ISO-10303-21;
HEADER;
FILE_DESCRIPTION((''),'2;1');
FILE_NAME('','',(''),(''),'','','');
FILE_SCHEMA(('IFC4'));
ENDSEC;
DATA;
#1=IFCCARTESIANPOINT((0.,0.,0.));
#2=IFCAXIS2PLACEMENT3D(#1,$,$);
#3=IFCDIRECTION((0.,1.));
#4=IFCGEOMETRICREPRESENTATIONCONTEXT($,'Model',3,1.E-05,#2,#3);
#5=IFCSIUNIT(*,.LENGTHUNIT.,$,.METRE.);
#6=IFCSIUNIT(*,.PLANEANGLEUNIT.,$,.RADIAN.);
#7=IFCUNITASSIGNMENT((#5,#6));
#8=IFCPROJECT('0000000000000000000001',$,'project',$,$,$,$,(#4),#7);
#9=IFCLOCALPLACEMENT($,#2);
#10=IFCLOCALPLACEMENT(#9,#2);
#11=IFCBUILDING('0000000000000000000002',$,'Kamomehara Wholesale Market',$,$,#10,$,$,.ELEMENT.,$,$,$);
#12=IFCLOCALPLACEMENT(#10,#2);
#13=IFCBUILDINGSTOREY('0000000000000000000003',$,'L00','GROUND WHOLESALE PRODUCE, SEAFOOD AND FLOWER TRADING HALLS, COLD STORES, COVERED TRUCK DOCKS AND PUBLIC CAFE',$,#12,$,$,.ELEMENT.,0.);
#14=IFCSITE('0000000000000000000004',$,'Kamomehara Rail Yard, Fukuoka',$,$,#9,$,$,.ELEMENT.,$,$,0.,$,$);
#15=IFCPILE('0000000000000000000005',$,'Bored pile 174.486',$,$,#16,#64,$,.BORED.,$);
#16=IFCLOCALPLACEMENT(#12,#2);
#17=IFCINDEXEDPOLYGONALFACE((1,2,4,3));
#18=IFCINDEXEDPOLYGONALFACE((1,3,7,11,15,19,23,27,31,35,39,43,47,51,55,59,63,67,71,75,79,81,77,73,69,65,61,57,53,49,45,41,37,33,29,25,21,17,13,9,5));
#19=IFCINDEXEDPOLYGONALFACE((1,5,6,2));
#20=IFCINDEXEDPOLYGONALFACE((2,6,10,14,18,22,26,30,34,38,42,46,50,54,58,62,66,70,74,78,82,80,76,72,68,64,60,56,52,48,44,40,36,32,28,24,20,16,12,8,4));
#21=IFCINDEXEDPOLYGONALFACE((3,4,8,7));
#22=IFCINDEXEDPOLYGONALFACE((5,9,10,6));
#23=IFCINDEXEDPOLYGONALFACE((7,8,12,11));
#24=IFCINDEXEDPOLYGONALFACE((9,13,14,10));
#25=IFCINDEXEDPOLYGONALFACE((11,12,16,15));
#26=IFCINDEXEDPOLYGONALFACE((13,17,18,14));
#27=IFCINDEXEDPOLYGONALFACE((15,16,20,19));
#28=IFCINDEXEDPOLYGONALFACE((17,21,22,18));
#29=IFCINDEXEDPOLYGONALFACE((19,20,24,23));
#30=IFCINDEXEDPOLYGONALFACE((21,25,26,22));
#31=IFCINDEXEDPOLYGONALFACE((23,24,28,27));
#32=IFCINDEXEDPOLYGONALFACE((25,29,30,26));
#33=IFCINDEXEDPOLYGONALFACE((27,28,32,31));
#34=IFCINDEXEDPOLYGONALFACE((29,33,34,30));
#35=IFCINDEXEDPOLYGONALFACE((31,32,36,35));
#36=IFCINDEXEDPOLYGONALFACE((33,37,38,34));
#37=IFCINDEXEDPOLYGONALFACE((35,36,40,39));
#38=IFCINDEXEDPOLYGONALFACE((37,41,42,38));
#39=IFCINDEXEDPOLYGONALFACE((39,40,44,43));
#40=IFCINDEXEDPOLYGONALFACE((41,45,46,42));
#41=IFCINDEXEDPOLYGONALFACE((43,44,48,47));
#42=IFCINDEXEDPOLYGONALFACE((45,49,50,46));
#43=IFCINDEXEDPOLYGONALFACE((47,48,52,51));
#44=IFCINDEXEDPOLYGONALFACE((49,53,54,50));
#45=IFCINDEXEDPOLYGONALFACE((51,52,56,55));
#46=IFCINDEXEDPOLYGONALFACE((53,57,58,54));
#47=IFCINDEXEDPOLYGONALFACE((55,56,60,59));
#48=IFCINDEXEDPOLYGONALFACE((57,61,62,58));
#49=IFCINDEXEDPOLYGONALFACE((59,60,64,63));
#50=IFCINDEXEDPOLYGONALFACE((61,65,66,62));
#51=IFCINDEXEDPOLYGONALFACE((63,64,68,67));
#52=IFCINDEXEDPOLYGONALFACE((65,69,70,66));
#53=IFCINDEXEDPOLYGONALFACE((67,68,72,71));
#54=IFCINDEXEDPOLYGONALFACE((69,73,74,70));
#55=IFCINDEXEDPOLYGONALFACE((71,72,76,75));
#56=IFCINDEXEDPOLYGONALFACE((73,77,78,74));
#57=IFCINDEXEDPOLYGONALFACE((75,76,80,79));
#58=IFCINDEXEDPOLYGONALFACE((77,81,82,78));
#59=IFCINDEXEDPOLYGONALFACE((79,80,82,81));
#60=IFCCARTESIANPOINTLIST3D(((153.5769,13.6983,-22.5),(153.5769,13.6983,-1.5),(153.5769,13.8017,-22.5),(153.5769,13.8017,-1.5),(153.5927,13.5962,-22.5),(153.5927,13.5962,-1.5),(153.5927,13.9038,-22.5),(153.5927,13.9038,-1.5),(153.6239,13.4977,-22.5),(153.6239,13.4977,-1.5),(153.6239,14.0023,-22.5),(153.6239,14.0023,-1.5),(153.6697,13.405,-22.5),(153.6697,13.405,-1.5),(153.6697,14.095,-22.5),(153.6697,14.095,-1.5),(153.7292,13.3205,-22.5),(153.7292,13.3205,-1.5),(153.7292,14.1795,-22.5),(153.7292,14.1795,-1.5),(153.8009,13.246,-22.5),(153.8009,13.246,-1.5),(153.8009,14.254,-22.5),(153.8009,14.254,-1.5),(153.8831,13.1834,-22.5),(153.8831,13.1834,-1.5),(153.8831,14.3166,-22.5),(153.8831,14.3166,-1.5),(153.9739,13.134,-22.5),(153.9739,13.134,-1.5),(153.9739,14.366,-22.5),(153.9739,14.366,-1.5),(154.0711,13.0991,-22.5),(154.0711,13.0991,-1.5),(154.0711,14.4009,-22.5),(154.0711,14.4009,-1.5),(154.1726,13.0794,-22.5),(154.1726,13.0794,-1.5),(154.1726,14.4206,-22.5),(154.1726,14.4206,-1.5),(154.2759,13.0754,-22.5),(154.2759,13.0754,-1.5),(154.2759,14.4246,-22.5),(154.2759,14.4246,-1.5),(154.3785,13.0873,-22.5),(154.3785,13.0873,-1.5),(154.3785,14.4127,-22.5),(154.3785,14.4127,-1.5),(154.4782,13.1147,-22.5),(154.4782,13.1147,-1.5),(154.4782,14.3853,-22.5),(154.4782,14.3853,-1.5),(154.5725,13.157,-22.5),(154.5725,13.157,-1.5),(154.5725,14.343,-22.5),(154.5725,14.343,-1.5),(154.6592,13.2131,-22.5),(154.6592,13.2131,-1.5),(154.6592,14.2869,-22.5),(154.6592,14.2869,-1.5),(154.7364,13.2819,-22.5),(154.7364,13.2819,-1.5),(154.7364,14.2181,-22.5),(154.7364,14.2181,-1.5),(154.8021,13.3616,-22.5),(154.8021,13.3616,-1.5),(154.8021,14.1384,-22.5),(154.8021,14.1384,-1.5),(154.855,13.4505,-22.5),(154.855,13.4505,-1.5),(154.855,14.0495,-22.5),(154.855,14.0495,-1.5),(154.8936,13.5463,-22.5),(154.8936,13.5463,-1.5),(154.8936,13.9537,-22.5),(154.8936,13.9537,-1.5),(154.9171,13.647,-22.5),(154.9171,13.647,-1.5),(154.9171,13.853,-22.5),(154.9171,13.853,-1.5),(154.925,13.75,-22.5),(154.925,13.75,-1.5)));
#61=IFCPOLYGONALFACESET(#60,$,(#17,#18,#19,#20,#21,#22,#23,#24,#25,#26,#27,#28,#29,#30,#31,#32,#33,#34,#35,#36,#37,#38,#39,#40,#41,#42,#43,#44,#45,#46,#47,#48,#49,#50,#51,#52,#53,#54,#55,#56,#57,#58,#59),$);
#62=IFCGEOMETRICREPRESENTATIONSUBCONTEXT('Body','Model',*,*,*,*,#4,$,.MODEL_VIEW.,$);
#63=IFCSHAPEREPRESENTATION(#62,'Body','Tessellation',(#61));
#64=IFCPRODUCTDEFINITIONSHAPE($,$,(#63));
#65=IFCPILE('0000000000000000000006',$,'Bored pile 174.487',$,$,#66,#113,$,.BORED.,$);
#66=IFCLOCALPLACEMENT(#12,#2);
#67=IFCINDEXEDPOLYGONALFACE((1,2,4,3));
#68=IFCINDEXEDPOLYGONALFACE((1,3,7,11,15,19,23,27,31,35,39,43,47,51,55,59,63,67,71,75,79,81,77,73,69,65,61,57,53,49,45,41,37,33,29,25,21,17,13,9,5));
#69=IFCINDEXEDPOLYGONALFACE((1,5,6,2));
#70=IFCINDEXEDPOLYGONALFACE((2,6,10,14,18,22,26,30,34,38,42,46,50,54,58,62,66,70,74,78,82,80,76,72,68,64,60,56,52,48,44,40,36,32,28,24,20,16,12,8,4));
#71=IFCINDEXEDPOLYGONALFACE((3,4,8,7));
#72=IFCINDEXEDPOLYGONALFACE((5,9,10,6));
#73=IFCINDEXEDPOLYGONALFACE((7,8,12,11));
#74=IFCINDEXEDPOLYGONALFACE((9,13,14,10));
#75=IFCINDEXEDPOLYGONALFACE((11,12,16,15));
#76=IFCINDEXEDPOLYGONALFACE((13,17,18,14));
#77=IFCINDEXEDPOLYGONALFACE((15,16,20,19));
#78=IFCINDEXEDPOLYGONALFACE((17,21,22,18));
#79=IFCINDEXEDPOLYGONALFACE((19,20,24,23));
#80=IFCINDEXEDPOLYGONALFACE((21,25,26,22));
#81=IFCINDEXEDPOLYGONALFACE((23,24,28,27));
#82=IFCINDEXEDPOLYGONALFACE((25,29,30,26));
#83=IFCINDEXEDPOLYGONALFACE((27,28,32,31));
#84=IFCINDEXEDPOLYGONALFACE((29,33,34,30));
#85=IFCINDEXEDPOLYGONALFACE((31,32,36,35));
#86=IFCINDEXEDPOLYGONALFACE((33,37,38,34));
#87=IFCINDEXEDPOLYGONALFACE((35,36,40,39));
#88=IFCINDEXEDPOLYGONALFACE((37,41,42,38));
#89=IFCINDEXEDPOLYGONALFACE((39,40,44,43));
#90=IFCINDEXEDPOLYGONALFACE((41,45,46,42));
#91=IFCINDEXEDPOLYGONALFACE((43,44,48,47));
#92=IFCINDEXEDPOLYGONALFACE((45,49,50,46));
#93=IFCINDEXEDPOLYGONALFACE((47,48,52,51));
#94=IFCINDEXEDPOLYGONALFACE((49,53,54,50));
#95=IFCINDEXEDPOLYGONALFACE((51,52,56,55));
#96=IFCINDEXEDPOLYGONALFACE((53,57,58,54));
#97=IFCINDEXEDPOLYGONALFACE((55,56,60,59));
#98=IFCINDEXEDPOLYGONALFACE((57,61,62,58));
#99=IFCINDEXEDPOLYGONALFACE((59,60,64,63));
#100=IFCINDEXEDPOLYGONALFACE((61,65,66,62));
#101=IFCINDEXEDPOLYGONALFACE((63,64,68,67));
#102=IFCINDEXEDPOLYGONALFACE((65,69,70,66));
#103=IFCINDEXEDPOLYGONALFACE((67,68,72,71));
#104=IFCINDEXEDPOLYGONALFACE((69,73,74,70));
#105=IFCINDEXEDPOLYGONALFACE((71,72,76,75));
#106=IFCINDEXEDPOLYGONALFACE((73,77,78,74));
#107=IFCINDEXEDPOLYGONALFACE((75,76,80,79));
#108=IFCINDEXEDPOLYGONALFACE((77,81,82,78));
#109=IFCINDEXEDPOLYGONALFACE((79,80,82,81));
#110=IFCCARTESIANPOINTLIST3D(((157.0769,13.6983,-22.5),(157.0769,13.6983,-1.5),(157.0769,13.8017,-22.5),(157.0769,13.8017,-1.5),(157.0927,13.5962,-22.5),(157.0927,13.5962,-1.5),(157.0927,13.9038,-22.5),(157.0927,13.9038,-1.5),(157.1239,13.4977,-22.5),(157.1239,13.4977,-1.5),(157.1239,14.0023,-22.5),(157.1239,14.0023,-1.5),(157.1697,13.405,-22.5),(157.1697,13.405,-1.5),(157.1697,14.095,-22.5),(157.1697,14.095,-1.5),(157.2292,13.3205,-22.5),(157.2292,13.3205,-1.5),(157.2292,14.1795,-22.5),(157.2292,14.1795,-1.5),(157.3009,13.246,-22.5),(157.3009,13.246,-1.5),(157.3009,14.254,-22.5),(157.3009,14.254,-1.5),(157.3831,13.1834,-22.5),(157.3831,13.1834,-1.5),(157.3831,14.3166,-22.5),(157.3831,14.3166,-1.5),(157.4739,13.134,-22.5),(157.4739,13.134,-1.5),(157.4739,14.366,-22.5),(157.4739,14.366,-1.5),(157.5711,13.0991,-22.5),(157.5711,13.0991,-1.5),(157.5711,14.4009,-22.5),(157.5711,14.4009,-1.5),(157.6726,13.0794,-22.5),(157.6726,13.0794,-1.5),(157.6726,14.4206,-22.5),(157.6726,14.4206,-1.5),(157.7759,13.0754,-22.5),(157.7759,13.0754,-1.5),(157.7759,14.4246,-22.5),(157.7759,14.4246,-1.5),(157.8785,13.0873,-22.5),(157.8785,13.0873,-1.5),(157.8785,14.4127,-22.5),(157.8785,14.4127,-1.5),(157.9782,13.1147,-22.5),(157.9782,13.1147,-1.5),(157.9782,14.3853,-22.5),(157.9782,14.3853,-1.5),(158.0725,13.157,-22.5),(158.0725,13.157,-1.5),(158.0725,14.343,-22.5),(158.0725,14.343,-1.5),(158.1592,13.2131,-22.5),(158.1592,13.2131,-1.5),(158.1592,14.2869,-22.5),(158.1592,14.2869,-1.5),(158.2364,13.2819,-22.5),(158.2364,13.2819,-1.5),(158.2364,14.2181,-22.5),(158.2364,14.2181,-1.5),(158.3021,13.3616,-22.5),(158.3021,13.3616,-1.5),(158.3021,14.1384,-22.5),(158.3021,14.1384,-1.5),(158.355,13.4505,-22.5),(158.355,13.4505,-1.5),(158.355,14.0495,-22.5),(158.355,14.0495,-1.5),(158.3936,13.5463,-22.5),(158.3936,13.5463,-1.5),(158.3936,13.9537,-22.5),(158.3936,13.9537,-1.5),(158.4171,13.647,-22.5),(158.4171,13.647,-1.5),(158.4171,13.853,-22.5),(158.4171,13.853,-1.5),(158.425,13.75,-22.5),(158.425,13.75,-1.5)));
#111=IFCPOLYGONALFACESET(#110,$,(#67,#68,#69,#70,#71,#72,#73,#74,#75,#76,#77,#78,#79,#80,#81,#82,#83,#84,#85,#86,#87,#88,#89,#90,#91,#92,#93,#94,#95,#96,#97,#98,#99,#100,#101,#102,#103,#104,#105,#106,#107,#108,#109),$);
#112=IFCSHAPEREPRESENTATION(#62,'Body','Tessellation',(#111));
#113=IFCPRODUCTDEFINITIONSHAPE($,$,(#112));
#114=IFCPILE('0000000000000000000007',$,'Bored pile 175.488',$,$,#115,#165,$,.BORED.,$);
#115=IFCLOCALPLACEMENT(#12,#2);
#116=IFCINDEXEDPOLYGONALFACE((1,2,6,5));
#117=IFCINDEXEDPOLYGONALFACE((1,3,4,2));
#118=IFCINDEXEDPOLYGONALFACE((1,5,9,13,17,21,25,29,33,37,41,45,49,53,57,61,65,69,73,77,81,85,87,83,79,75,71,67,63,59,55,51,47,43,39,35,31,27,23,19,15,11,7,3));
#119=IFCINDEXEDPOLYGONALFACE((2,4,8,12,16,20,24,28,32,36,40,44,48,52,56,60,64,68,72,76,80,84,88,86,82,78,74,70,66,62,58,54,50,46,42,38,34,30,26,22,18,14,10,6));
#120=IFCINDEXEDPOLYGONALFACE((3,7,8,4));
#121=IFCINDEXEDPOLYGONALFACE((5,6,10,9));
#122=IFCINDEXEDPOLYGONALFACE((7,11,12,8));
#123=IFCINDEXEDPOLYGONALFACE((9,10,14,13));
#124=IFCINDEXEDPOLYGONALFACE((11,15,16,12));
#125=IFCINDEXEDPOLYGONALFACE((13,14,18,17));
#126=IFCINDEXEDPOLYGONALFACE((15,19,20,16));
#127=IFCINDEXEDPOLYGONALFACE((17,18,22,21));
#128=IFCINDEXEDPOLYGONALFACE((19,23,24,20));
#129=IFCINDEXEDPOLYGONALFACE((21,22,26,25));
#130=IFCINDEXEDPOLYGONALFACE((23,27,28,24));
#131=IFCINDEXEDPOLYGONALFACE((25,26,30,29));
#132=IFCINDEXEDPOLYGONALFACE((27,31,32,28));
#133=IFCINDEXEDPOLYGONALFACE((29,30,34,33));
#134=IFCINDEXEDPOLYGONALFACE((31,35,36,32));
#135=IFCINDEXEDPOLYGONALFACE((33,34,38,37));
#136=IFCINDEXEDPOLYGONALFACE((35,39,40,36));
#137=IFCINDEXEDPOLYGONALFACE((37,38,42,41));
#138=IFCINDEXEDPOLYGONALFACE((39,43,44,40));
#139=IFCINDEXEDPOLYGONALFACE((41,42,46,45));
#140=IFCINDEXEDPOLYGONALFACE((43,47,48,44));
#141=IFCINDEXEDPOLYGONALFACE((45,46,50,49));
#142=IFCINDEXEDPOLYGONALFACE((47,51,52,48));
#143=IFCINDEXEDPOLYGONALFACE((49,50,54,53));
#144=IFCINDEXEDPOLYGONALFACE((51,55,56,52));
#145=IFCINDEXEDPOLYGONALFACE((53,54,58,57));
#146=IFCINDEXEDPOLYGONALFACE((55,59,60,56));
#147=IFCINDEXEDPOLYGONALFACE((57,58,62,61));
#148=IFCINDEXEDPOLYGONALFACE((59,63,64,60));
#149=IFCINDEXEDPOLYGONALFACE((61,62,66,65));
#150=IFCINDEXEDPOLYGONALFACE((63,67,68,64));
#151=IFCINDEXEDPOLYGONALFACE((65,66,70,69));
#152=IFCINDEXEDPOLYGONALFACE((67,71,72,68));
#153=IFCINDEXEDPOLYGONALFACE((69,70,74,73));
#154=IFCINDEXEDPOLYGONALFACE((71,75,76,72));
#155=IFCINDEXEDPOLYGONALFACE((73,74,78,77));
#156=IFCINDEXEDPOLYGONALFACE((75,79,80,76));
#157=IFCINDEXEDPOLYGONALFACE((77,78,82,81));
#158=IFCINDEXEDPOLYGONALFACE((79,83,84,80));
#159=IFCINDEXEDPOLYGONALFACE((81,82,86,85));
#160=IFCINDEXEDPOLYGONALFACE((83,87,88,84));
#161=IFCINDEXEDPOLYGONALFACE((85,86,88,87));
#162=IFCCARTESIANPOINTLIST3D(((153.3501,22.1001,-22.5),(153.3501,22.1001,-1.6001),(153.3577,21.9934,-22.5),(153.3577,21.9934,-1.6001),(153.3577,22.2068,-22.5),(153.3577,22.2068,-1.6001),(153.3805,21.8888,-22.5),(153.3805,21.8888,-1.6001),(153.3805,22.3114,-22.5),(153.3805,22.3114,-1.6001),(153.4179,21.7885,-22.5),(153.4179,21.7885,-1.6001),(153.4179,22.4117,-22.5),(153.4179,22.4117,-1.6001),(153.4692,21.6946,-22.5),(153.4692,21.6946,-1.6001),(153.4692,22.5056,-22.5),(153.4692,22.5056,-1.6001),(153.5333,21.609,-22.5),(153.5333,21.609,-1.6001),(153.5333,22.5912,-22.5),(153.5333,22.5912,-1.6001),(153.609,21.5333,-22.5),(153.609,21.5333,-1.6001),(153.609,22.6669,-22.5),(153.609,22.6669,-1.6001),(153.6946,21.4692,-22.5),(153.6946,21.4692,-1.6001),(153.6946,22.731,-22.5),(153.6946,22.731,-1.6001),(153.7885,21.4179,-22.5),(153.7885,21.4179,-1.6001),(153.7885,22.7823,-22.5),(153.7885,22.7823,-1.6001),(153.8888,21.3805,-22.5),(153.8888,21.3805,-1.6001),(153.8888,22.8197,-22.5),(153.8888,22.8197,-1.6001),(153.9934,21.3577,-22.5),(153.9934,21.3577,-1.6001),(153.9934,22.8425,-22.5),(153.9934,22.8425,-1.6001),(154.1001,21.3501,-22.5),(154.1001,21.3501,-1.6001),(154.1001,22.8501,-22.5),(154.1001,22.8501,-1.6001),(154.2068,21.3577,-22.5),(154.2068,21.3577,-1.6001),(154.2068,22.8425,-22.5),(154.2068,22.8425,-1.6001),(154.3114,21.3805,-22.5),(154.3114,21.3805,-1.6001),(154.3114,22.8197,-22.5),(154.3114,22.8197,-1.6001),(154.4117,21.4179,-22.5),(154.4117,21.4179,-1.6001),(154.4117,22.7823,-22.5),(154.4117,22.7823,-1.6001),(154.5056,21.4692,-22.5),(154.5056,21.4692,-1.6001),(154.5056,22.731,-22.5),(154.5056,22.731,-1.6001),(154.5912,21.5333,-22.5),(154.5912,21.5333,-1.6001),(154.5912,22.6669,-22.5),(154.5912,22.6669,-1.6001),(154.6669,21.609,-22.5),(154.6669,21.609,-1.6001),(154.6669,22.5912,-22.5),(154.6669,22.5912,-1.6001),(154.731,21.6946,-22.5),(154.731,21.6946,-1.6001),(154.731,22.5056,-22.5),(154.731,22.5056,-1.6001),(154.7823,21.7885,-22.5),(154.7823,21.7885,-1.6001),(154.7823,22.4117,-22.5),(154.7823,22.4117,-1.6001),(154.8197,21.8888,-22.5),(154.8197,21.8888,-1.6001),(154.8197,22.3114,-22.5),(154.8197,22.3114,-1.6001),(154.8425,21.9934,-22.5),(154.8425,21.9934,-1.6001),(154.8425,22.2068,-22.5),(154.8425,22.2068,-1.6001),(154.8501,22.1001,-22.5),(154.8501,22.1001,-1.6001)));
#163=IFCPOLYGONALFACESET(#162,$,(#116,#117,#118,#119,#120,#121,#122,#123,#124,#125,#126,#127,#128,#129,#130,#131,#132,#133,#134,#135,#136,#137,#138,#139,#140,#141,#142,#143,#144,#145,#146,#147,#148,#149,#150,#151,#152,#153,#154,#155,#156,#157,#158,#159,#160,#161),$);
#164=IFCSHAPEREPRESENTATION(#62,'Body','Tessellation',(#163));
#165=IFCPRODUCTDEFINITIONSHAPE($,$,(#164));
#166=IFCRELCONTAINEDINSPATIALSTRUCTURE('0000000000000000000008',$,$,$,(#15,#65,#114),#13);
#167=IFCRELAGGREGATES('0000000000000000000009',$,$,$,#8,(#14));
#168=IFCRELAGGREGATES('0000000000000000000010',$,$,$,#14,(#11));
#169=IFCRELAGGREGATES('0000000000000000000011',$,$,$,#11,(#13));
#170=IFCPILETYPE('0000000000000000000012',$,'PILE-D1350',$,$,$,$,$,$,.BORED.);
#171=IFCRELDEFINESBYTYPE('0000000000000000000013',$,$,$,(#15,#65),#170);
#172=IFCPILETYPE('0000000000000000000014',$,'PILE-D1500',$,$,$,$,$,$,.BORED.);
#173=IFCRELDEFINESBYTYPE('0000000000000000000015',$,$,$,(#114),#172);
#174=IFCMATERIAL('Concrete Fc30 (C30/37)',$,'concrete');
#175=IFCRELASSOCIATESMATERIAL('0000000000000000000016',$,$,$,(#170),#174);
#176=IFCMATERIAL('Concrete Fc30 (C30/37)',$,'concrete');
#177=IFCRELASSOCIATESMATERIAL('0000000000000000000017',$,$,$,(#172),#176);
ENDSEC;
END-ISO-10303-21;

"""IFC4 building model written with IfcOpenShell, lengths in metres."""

from ifc_helpers import new_model, si_unit, direction, frame, origin, origin_2d, place, context, subcontext, project, spatial, circle, extrude, material, material_profile, profile_set, type_object, element, save


model = new_model("IFC4")

# Units and contexts
model_context = context("Model", 3, precision=1e-05, world=origin(), true_north=direction((0.0, 1.0)))
body_context = subcontext(model_context, "Body", "Model", "MODEL_VIEW")
ifc_project = project(units=[si_unit("LENGTHUNIT", "METRE"), si_unit("PLANEANGLEUNIT", "RADIAN")], contexts=[model_context])

# Site, building, storey
site_placement = place(None, origin())
site = spatial("IfcSite", under=ifc_project, at=site_placement, Name="Kamomehara Rail Yard, Fukuoka", CompositionType="ELEMENT", RefElevation=0.0)
building_placement = place(site_placement, origin())
building = spatial("IfcBuilding", under=site, at=building_placement, Name="Kamomehara Wholesale Market", CompositionType="ELEMENT")
storey_placement = place(building_placement, origin())
storey = spatial("IfcBuildingStorey", under=building, at=storey_placement, Name="L00", Description="GROUND WHOLESALE PRODUCE, SEAFOOD AND FLOWER TRADING HALLS, COLD STORES, COVERED TRUCK DOCKS AND PUBLIC CAFE", CompositionType="ELEMENT", Elevation=0.0)

# Piles
ifc_material_1 = material(Name="Concrete Fc30 (C30/37)", Category="concrete")
ifc_material_profile_1 = material_profile(ifc_material_1, circle(Radius=0.675, at=origin_2d()), Name="RC-PILE-D1350")
ifc_profile_set_1 = profile_set([ifc_material_profile_1], Name="Concrete Fc30 (C30/37)")
pile_type_1 = type_object("IfcPileType", Name="PILE-D1350", PredefinedType="BORED", material=ifc_profile_set_1)
for number, where, z_axis, x_axis, name in (
    (1, (154.25, 13.75, -1.5), (0.0, 0.0, -1.0), (1.0, 0.0, 0.0), "Bored pile 174.486"),
    (2, (157.75, 13.75, -1.5), (0.0, 0.0, -1.0), (1.0, 0.0, 0.0), "Bored pile 174.487"),
):
    element("IfcPile", number, at=place(storey_placement, frame(where, z_axis=z_axis, x_axis=x_axis)), inside=storey, type_object=pile_type_1, Name=name, PredefinedType="BORED", context=body_context, shape_type="SweptSolid", body=[
        extrude(circle(Radius=0.675, at=origin_2d()), origin(), (0.0, 0.0, 1.0), 21.0),
    ])
ifc_material_2 = material(Name="Concrete Fc30 (C30/37)", Category="concrete")
ifc_material_profile_2 = material_profile(ifc_material_2, circle(Radius=0.75, at=origin_2d()), Name="RC-PILE-D1500")
ifc_profile_set_2 = profile_set([ifc_material_profile_2], Name="Concrete Fc30 (C30/37)")
pile_type_2 = type_object("IfcPileType", Name="PILE-D1500", PredefinedType="BORED", material=ifc_profile_set_2)
for number, where, z_axis, x_axis, name in (
    (3, (154.1001, 22.1001, -1.6001), (0.0, 0.0, -1.0), (1.0, 0.0, 0.0), "Bored pile 175.488"),
):
    element("IfcPile", number, at=place(storey_placement, frame(where, z_axis=z_axis, x_axis=x_axis)), inside=storey, type_object=pile_type_2, Name=name, PredefinedType="BORED", context=body_context, shape_type="SweptSolid", body=[
        extrude(circle(Radius=0.75, at=origin_2d()), origin(), (0.0, 0.0, 1.0), 20.8999),
    ])

save(model, "model.ifc")
